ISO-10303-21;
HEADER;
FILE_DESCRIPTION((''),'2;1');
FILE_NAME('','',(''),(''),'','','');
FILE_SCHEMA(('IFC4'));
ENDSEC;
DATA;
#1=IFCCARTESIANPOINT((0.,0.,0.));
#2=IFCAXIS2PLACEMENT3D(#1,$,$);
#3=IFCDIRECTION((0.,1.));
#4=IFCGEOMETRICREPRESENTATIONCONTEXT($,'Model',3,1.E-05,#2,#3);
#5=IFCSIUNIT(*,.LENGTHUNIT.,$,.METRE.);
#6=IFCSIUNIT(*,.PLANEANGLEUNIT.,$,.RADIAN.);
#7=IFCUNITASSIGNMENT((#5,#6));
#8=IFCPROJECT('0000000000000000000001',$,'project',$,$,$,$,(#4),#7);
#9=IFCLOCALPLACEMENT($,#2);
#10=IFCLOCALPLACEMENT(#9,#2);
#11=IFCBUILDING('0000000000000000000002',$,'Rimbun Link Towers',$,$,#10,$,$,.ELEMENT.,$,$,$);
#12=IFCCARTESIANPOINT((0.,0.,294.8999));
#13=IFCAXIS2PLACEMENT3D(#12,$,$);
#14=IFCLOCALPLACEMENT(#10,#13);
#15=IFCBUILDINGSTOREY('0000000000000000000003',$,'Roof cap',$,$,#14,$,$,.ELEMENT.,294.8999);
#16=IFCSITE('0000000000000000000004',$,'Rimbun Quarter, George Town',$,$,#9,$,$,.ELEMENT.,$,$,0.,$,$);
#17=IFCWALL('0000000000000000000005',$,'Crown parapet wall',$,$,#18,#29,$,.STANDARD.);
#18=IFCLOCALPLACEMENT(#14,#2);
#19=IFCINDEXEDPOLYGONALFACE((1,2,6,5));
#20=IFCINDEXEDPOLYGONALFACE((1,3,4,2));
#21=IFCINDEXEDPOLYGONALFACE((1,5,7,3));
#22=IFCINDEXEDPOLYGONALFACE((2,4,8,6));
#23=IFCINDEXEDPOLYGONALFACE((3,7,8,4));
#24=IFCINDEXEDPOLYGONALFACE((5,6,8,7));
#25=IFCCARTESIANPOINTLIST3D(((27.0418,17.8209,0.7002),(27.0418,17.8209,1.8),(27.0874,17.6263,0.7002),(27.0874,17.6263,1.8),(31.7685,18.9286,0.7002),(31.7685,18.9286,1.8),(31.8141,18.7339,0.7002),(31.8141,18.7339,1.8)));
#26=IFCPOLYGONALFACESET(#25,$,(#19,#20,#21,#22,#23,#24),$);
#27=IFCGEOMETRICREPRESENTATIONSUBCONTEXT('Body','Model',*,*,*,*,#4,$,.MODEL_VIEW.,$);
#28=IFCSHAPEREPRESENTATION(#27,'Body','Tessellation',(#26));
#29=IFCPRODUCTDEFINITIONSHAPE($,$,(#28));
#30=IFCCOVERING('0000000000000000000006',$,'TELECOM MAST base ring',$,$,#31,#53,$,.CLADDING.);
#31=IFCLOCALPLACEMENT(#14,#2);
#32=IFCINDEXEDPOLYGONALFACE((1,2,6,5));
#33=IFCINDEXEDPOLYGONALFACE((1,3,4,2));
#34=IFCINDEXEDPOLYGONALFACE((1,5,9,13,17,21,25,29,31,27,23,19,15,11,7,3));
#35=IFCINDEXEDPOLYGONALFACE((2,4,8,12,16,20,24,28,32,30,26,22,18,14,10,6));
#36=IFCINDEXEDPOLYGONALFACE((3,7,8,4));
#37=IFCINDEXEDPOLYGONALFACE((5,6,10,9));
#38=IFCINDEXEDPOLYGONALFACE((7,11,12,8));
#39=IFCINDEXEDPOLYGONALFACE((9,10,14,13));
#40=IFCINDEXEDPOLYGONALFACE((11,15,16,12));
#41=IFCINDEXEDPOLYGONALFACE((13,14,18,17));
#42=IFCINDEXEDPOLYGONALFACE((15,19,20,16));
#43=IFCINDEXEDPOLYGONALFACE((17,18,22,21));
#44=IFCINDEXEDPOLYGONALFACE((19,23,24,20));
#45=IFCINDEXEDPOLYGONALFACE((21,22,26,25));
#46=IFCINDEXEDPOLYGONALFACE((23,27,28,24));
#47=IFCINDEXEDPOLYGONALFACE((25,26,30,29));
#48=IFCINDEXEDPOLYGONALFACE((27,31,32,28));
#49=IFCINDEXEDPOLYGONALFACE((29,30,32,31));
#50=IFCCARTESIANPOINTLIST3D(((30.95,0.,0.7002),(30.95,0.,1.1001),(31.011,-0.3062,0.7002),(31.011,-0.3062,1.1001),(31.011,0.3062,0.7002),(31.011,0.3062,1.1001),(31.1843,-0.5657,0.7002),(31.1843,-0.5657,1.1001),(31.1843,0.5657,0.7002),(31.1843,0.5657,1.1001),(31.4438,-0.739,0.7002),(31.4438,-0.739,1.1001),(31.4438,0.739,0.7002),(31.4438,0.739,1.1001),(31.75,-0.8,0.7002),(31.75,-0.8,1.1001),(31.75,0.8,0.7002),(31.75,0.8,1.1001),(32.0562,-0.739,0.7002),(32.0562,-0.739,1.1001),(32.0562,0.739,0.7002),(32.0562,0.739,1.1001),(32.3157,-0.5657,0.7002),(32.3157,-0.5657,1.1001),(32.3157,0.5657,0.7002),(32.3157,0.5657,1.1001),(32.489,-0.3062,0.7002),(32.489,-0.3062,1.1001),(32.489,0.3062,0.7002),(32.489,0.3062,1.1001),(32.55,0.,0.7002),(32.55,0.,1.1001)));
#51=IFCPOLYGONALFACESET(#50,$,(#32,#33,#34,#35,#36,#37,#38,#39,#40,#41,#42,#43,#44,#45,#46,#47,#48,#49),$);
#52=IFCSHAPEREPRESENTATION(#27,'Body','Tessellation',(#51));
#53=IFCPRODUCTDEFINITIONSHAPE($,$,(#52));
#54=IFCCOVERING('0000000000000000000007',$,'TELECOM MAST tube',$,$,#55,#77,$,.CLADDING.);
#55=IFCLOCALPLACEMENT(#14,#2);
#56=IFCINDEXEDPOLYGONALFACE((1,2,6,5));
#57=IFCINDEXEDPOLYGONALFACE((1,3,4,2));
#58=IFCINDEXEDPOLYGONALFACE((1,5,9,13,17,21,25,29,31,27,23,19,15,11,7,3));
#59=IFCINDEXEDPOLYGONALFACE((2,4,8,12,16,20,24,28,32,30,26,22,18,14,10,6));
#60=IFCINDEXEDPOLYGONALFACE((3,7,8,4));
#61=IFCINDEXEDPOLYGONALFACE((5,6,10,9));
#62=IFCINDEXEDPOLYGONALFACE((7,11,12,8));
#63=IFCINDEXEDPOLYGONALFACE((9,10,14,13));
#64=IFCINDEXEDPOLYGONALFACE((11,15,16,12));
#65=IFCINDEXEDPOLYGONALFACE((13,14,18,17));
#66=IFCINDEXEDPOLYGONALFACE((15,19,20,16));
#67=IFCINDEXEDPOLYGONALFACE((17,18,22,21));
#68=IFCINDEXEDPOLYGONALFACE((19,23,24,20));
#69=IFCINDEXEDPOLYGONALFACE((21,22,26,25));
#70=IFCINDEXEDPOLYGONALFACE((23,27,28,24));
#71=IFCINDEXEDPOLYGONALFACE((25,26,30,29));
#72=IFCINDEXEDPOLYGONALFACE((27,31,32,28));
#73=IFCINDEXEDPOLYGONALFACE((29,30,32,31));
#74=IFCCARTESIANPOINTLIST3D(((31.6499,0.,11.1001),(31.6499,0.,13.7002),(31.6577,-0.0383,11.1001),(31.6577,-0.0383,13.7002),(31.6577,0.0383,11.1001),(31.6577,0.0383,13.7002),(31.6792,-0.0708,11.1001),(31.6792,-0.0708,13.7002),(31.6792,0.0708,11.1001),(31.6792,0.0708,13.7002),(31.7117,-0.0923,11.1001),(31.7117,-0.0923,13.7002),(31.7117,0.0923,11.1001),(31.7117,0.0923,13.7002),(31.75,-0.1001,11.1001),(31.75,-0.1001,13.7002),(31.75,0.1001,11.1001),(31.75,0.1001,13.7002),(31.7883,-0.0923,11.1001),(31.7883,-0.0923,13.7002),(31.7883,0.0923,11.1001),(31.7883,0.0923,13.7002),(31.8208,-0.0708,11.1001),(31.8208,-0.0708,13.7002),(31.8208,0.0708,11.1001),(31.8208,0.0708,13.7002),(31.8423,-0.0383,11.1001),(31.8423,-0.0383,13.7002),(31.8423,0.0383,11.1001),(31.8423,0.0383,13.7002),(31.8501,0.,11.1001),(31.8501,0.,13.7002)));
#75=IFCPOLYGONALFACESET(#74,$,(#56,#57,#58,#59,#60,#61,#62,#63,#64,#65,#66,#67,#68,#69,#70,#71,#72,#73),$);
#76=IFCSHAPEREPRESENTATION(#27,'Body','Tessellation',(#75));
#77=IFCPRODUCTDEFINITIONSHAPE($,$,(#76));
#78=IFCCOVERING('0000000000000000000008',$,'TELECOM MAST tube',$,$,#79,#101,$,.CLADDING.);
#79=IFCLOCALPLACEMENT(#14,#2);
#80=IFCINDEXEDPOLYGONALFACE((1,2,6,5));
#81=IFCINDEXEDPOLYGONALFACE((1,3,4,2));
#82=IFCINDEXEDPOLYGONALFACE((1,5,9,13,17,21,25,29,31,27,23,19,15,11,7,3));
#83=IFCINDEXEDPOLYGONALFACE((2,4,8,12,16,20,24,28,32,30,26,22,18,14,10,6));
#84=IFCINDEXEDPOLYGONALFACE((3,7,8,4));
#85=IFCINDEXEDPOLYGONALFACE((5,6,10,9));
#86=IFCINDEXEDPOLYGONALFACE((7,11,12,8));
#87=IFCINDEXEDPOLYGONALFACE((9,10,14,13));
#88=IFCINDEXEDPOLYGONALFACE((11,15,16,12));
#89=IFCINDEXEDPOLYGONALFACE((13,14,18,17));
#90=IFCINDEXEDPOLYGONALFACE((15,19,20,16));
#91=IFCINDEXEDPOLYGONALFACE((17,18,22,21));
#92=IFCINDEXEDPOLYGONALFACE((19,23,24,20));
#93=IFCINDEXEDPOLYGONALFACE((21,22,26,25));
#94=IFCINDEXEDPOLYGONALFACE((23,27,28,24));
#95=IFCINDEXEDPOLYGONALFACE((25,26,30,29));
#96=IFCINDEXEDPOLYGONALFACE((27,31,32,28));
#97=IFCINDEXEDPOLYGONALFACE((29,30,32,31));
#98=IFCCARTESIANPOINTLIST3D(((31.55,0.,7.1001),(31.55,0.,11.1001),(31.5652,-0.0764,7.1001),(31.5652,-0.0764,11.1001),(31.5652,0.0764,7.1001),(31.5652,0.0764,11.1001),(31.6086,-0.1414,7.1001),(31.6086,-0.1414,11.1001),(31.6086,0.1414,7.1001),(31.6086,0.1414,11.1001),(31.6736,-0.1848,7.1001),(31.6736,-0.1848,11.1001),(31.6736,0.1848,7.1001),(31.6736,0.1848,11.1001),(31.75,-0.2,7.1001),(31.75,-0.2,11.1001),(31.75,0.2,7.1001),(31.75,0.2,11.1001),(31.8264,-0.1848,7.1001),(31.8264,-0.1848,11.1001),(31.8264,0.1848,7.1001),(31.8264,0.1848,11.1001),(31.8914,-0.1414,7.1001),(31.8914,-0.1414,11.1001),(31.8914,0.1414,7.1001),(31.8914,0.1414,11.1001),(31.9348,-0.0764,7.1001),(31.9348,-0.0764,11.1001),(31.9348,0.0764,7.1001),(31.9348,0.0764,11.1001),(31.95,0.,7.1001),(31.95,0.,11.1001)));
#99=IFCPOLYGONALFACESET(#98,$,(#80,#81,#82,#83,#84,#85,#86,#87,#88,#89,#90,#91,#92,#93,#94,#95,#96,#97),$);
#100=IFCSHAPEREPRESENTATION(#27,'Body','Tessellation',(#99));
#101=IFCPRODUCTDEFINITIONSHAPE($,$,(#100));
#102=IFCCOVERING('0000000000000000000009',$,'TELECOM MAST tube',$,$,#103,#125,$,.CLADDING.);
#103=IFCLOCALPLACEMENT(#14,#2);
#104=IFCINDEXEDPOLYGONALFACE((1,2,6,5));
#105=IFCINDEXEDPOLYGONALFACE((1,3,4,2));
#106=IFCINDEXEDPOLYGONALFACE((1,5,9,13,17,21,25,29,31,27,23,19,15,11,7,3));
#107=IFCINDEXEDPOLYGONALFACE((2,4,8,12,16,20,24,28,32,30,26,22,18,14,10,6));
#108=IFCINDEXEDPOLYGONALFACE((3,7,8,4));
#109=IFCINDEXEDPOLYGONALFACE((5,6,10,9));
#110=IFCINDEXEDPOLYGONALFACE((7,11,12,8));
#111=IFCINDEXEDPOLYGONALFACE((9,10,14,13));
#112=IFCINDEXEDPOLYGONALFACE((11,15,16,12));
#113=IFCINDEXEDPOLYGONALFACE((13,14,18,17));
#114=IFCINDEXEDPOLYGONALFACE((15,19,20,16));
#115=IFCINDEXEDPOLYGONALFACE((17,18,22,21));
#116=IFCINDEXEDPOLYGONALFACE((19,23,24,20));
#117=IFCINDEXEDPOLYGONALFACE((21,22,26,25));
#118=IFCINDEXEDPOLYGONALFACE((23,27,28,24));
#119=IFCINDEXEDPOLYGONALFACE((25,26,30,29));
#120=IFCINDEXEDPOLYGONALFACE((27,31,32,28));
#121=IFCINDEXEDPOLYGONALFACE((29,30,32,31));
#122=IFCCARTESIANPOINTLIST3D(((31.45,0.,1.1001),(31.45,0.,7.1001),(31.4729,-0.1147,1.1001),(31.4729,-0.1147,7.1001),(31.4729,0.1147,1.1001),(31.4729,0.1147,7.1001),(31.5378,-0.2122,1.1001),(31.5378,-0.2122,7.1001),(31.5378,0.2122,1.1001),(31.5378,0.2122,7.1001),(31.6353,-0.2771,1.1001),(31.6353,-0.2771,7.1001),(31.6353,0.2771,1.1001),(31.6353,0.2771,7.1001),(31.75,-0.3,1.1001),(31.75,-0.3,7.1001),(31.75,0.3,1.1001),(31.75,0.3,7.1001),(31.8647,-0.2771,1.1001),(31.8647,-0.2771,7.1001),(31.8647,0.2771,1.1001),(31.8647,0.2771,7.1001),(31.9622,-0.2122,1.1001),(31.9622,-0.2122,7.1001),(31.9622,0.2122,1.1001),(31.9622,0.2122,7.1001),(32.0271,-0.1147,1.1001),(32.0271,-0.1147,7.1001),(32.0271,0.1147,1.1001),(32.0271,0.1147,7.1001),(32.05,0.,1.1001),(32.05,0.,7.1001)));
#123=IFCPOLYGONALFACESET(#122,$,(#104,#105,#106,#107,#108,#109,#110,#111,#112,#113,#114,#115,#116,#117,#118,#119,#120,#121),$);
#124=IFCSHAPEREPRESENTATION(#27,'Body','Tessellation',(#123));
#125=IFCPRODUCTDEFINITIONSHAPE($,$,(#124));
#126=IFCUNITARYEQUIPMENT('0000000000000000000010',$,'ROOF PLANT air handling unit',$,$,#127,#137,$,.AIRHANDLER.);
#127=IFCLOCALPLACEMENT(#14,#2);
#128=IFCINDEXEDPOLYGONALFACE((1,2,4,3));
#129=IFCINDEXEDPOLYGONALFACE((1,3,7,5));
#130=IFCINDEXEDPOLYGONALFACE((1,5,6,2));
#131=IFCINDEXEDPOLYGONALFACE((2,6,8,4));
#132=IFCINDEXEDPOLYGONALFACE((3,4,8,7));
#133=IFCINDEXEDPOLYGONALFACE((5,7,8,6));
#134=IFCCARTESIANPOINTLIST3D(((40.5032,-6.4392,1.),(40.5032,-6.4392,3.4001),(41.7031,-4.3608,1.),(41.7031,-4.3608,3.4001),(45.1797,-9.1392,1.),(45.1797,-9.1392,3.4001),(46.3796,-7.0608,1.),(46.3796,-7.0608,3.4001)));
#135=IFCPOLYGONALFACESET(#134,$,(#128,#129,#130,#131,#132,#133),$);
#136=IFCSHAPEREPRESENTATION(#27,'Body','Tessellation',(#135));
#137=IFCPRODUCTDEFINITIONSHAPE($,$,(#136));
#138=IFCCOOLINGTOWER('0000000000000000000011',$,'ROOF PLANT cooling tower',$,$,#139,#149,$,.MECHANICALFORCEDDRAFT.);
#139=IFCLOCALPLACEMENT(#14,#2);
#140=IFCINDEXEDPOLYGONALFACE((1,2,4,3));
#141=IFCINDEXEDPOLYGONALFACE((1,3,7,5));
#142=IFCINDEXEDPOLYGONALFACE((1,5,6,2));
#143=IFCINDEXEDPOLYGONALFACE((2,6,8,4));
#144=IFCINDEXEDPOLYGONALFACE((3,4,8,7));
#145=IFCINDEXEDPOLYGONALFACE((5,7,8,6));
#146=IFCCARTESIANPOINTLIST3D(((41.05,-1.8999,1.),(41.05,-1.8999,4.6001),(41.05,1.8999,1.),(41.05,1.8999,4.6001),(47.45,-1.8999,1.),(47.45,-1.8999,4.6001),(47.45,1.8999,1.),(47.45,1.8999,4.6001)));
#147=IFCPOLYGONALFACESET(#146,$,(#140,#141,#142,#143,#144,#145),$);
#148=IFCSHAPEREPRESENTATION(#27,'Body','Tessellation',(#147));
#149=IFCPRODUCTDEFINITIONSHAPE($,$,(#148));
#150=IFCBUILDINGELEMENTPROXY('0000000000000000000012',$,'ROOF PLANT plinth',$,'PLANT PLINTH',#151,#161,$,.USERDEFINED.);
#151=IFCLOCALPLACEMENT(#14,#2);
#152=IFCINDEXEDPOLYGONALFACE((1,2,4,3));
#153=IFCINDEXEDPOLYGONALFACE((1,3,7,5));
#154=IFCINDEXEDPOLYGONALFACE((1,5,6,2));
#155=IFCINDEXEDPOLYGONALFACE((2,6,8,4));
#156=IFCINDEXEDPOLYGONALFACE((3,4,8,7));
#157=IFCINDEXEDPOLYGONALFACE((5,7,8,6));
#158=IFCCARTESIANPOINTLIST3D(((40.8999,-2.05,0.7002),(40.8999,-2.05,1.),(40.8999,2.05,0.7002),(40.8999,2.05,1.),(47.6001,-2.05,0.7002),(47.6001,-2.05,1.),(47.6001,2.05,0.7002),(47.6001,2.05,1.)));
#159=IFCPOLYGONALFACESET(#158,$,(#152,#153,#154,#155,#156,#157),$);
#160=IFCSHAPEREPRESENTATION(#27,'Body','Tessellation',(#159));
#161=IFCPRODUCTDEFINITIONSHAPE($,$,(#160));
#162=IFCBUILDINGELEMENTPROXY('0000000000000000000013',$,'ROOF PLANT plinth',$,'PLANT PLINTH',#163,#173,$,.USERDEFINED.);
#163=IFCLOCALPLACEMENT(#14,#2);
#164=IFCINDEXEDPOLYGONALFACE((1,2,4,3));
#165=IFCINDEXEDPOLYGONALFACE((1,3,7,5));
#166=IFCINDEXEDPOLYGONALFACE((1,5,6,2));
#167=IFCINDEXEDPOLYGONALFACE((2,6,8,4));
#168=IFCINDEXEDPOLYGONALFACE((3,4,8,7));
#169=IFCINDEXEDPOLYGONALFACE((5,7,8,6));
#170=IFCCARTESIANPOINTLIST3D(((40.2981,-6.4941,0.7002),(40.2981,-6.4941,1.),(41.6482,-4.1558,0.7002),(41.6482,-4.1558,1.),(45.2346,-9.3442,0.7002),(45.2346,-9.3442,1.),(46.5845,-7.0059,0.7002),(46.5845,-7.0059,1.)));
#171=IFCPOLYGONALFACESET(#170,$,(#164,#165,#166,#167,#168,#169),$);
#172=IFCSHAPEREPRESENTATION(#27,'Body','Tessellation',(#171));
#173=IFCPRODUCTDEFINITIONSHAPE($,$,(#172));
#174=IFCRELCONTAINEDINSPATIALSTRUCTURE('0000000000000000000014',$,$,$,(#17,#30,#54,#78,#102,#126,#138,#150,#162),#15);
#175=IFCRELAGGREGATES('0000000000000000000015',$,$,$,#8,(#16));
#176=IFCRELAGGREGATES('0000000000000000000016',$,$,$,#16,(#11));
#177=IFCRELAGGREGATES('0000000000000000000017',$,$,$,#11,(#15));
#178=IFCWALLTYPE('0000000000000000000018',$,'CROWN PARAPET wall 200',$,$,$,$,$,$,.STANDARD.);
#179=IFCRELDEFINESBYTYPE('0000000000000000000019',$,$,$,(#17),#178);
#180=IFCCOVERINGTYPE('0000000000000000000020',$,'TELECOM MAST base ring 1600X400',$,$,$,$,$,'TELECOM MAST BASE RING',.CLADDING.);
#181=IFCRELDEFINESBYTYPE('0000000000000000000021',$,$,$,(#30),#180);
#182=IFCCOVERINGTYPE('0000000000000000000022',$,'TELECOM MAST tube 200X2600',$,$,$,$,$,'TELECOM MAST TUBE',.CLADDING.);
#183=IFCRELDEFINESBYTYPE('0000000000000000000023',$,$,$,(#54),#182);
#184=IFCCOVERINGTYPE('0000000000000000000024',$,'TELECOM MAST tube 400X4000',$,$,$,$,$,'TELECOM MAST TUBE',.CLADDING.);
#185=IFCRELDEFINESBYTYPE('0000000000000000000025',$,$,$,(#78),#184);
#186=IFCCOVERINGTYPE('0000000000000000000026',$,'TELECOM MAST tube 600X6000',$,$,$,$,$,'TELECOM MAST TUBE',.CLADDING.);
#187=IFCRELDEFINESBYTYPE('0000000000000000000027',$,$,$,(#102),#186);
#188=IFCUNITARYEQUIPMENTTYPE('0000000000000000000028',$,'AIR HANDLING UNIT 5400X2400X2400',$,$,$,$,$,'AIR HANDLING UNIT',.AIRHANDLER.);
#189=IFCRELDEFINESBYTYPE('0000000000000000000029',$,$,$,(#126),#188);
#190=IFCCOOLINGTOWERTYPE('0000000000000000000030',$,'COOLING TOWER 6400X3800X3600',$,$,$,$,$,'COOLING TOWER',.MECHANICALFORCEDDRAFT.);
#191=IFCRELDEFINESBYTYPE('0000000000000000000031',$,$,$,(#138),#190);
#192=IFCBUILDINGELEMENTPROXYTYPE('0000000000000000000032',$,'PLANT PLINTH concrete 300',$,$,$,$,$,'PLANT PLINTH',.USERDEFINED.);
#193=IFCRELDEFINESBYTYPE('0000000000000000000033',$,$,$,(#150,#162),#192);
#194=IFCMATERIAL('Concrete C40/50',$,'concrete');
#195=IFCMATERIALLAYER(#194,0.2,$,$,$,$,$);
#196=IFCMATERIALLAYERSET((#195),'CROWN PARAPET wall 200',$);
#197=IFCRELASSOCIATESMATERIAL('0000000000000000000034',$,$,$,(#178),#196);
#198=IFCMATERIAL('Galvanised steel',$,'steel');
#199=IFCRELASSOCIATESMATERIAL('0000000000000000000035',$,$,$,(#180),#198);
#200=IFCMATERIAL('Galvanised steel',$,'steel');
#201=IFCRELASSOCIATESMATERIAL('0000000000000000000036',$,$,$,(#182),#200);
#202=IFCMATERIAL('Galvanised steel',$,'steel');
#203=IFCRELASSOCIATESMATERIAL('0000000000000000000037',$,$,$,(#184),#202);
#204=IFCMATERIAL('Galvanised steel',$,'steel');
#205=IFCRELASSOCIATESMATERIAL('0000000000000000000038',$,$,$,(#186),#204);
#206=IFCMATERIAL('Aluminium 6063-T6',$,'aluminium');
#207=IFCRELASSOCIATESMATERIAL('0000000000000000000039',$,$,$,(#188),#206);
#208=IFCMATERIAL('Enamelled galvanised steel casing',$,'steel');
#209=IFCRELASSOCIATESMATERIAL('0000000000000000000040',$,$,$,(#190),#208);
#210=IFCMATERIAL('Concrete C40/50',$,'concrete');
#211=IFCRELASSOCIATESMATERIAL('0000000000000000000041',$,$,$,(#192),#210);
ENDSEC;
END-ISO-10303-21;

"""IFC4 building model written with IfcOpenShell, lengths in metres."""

from ifc_helpers import new_model, si_unit, direction, frame, frame_2d, origin, place, context, subcontext, project, spatial, polyline, rectangle, outline, extrude, material, layer, layer_set, type_object, element, save


model = new_model("IFC4")

# Units and contexts
model_context = context("Model", 3, precision=1e-05, world=origin(), true_north=direction((0.0, 1.0)))
body_context = subcontext(model_context, "Body", "Model", "MODEL_VIEW")
ifc_project = project(units=[si_unit("LENGTHUNIT", "METRE"), si_unit("PLANEANGLEUNIT", "RADIAN")], contexts=[model_context])

# Site, building, storey
site_placement = place(None, origin())
site = spatial("IfcSite", under=ifc_project, at=site_placement, Name="Rimbun Quarter, George Town", CompositionType="ELEMENT", RefElevation=0.0)
building_placement = place(site_placement, origin())
building = spatial("IfcBuilding", under=site, at=building_placement, Name="Rimbun Link Towers", CompositionType="ELEMENT")
storey_placement = place(building_placement, frame((0.0, 0.0, 294.8999)))
storey = spatial("IfcBuildingStorey", under=building, at=storey_placement, Name="Roof cap", CompositionType="ELEMENT", Elevation=294.8999)

# Wall
ifc_material_1 = material(Name="Concrete C40/50", Category="concrete")
ifc_layer = layer(ifc_material_1, 0.2)
ifc_layer_set = layer_set([ifc_layer], Name="CROWN PARAPET wall 200")
wall_type = type_object("IfcWallType", Name="CROWN PARAPET wall 200", PredefinedType="STANDARD", material=ifc_layer_set)
wall_1_placement = place(storey_placement, frame((27.0647, 17.7236, 0.7002), z_axis=(0.0, 0.0, 1.0), x_axis=(0.973625, 0.228156, 0.0)))
element("IfcWall", 1, at=wall_1_placement, inside=storey, type_object=wall_type, Name="Crown parapet wall", PredefinedType="STANDARD", context=body_context, shape_type="SweptSolid", body=[
    extrude(rectangle(XDim=4.8547, YDim=0.2, at=frame_2d((2.4272, 0.0))), origin(), (0.0, 0.0, 1.0), 1.0999),
])

# Coverings
ifc_material_2 = material(Name="Galvanised steel", Category="steel")
covering_type_1 = type_object("IfcCoveringType", Name="TELECOM MAST base ring 1600X400", ElementType="TELECOM MAST BASE RING", PredefinedType="CLADDING", material=ifc_material_2)
covering_1_placement = place(storey_placement, frame((0.0, 0.0, 0.7002)))
element("IfcCovering", 2, at=covering_1_placement, inside=storey, type_object=covering_type_1, Name="TELECOM MAST base ring", PredefinedType="CLADDING", context=body_context, shape_type="SweptSolid", body=[
    extrude(outline(polyline([(32.55, 0.0), (32.489, 0.3062), (32.3157, 0.5657), (32.0562, 0.739), (31.75, 0.8), (31.4438, 0.739), (31.1843, 0.5657), (31.011, 0.3062), (30.95, 0.0), (31.011, -0.3062), (31.1843, -0.5657), (31.4438, -0.739), (31.75, -0.8), (32.0562, -0.739), (32.3157, -0.5657), (32.489, -0.3062), (32.55, 0.0)])), origin(), (0.0, 0.0, 1.0), 0.3999),
])
ifc_material_3 = material(Name="Galvanised steel", Category="steel")
covering_type_2 = type_object("IfcCoveringType", Name="TELECOM MAST tube 200X2600", ElementType="TELECOM MAST TUBE", PredefinedType="CLADDING", material=ifc_material_3)
covering_2_placement = place(storey_placement, frame((0.0, 0.0, 11.1001)))
element("IfcCovering", 3, at=covering_2_placement, inside=storey, type_object=covering_type_2, Name="TELECOM MAST tube", PredefinedType="CLADDING", context=body_context, shape_type="SweptSolid", body=[
    extrude(outline(polyline([(31.8501, 0.0), (31.8423, 0.0383), (31.8208, 0.0708), (31.7883, 0.0923), (31.75, 0.1001), (31.7117, 0.0923), (31.6792, 0.0708), (31.6577, 0.0383), (31.6499, 0.0), (31.6577, -0.0383), (31.6792, -0.0708), (31.7117, -0.0923), (31.75, -0.1001), (31.7883, -0.0923), (31.8208, -0.0708), (31.8423, -0.0383), (31.8501, 0.0)])), origin(), (0.0, 0.0, 1.0), 2.6001),
])
ifc_material_4 = material(Name="Galvanised steel", Category="steel")
covering_type_3 = type_object("IfcCoveringType", Name="TELECOM MAST tube 400X4000", ElementType="TELECOM MAST TUBE", PredefinedType="CLADDING", material=ifc_material_4)
covering_3_placement = place(storey_placement, frame((0.0, 0.0, 7.1001)))
element("IfcCovering", 4, at=covering_3_placement, inside=storey, type_object=covering_type_3, Name="TELECOM MAST tube", PredefinedType="CLADDING", context=body_context, shape_type="SweptSolid", body=[
    extrude(outline(polyline([(31.95, 0.0), (31.9348, 0.0764), (31.8914, 0.1414), (31.8264, 0.1848), (31.75, 0.2), (31.6736, 0.1848), (31.6086, 0.1414), (31.5652, 0.0764), (31.55, 0.0), (31.5652, -0.0764), (31.6086, -0.1414), (31.6736, -0.1848), (31.75, -0.2), (31.8264, -0.1848), (31.8914, -0.1414), (31.9348, -0.0764), (31.95, 0.0)])), origin(), (0.0, 0.0, 1.0), 4.0),
])
ifc_material_5 = material(Name="Galvanised steel", Category="steel")
covering_type_4 = type_object("IfcCoveringType", Name="TELECOM MAST tube 600X6000", ElementType="TELECOM MAST TUBE", PredefinedType="CLADDING", material=ifc_material_5)
covering_4_placement = place(storey_placement, frame((0.0, 0.0, 1.1001)))
element("IfcCovering", 5, at=covering_4_placement, inside=storey, type_object=covering_type_4, Name="TELECOM MAST tube", PredefinedType="CLADDING", context=body_context, shape_type="SweptSolid", body=[
    extrude(outline(polyline([(32.05, 0.0), (32.0271, 0.1147), (31.9622, 0.2122), (31.8647, 0.2771), (31.75, 0.3), (31.6353, 0.2771), (31.5378, 0.2122), (31.4729, 0.1147), (31.45, 0.0), (31.4729, -0.1147), (31.5378, -0.2122), (31.6353, -0.2771), (31.75, -0.3), (31.8647, -0.2771), (31.9622, -0.2122), (32.0271, -0.1147), (32.05, 0.0)])), origin(), (0.0, 0.0, 1.0), 6.0),
])

# Unitary equipment
ifc_material_6 = material(Name="Aluminium 6063-T6", Category="aluminium")
unitary_equipment_type = type_object("IfcUnitaryEquipmentType", Name="AIR HANDLING UNIT 5400X2400X2400", ElementType="AIR HANDLING UNIT", PredefinedType="AIRHANDLER", material=ifc_material_6)
unitary_equipment_placement = place(storey_placement, frame((0.0, 0.0, 1.0)))
element("IfcUnitaryEquipment", 6, at=unitary_equipment_placement, inside=storey, type_object=unitary_equipment_type, Name="ROOF PLANT air handling unit", PredefinedType="AIRHANDLER", context=body_context, shape_type="SweptSolid", body=[
    extrude(outline(polyline([(40.5032, -6.4392), (45.1797, -9.1392), (46.3796, -7.0608), (41.7031, -4.3608), (40.5032, -6.4392)])), origin(), (0.0, 0.0, 1.0), 2.4001),
])

# Cooling tower
ifc_material_7 = material(Name="Enamelled galvanised steel casing", Category="steel")
cooling_tower_type = type_object("IfcCoolingTowerType", Name="COOLING TOWER 6400X3800X3600", ElementType="COOLING TOWER", PredefinedType="MECHANICALFORCEDDRAFT", material=ifc_material_7)
cooling_tower_placement = place(storey_placement, frame((0.0, 0.0, 1.0)))
element("IfcCoolingTower", 7, at=cooling_tower_placement, inside=storey, type_object=cooling_tower_type, Name="ROOF PLANT cooling tower", PredefinedType="MECHANICALFORCEDDRAFT", context=body_context, shape_type="SweptSolid", body=[
    extrude(outline(polyline([(41.05, -1.8999), (47.45, -1.8999), (47.45, 1.8999), (41.05, 1.8999), (41.05, -1.8999)])), origin(), (0.0, 0.0, 1.0), 3.6001),
])

# Building element proxies
ifc_material_8 = material(Name="Concrete C40/50", Category="concrete")
building_element_proxy_type = type_object("IfcBuildingElementProxyType", Name="PLANT PLINTH concrete 300", ElementType="PLANT PLINTH", PredefinedType="USERDEFINED", material=ifc_material_8)
proxy_1_placement = place(storey_placement, frame((0.0, 0.0, 0.7002)))
element("IfcBuildingElementProxy", 8, at=proxy_1_placement, inside=storey, type_object=building_element_proxy_type, Name="ROOF PLANT plinth", ObjectType="PLANT PLINTH", PredefinedType="USERDEFINED", context=body_context, shape_type="SweptSolid", body=[
    extrude(outline(polyline([(40.8999, -2.05), (47.6001, -2.05), (47.6001, 2.05), (40.8999, 2.05), (40.8999, -2.05)])), origin(), (0.0, 0.0, 1.0), 0.2998),
])
proxy_2_placement = place(storey_placement, frame((0.0, 0.0, 0.7002)))
element("IfcBuildingElementProxy", 9, at=proxy_2_placement, inside=storey, type_object=building_element_proxy_type, Name="ROOF PLANT plinth", ObjectType="PLANT PLINTH", PredefinedType="USERDEFINED", context=body_context, shape_type="SweptSolid", body=[
    extrude(outline(polyline([(40.2981, -6.4941), (45.2346, -9.3442), (46.5845, -7.0059), (41.6482, -4.1558), (40.2981, -6.4941)])), origin(), (0.0, 0.0, 1.0), 0.2998),
])

save(model, "model.ifc")
